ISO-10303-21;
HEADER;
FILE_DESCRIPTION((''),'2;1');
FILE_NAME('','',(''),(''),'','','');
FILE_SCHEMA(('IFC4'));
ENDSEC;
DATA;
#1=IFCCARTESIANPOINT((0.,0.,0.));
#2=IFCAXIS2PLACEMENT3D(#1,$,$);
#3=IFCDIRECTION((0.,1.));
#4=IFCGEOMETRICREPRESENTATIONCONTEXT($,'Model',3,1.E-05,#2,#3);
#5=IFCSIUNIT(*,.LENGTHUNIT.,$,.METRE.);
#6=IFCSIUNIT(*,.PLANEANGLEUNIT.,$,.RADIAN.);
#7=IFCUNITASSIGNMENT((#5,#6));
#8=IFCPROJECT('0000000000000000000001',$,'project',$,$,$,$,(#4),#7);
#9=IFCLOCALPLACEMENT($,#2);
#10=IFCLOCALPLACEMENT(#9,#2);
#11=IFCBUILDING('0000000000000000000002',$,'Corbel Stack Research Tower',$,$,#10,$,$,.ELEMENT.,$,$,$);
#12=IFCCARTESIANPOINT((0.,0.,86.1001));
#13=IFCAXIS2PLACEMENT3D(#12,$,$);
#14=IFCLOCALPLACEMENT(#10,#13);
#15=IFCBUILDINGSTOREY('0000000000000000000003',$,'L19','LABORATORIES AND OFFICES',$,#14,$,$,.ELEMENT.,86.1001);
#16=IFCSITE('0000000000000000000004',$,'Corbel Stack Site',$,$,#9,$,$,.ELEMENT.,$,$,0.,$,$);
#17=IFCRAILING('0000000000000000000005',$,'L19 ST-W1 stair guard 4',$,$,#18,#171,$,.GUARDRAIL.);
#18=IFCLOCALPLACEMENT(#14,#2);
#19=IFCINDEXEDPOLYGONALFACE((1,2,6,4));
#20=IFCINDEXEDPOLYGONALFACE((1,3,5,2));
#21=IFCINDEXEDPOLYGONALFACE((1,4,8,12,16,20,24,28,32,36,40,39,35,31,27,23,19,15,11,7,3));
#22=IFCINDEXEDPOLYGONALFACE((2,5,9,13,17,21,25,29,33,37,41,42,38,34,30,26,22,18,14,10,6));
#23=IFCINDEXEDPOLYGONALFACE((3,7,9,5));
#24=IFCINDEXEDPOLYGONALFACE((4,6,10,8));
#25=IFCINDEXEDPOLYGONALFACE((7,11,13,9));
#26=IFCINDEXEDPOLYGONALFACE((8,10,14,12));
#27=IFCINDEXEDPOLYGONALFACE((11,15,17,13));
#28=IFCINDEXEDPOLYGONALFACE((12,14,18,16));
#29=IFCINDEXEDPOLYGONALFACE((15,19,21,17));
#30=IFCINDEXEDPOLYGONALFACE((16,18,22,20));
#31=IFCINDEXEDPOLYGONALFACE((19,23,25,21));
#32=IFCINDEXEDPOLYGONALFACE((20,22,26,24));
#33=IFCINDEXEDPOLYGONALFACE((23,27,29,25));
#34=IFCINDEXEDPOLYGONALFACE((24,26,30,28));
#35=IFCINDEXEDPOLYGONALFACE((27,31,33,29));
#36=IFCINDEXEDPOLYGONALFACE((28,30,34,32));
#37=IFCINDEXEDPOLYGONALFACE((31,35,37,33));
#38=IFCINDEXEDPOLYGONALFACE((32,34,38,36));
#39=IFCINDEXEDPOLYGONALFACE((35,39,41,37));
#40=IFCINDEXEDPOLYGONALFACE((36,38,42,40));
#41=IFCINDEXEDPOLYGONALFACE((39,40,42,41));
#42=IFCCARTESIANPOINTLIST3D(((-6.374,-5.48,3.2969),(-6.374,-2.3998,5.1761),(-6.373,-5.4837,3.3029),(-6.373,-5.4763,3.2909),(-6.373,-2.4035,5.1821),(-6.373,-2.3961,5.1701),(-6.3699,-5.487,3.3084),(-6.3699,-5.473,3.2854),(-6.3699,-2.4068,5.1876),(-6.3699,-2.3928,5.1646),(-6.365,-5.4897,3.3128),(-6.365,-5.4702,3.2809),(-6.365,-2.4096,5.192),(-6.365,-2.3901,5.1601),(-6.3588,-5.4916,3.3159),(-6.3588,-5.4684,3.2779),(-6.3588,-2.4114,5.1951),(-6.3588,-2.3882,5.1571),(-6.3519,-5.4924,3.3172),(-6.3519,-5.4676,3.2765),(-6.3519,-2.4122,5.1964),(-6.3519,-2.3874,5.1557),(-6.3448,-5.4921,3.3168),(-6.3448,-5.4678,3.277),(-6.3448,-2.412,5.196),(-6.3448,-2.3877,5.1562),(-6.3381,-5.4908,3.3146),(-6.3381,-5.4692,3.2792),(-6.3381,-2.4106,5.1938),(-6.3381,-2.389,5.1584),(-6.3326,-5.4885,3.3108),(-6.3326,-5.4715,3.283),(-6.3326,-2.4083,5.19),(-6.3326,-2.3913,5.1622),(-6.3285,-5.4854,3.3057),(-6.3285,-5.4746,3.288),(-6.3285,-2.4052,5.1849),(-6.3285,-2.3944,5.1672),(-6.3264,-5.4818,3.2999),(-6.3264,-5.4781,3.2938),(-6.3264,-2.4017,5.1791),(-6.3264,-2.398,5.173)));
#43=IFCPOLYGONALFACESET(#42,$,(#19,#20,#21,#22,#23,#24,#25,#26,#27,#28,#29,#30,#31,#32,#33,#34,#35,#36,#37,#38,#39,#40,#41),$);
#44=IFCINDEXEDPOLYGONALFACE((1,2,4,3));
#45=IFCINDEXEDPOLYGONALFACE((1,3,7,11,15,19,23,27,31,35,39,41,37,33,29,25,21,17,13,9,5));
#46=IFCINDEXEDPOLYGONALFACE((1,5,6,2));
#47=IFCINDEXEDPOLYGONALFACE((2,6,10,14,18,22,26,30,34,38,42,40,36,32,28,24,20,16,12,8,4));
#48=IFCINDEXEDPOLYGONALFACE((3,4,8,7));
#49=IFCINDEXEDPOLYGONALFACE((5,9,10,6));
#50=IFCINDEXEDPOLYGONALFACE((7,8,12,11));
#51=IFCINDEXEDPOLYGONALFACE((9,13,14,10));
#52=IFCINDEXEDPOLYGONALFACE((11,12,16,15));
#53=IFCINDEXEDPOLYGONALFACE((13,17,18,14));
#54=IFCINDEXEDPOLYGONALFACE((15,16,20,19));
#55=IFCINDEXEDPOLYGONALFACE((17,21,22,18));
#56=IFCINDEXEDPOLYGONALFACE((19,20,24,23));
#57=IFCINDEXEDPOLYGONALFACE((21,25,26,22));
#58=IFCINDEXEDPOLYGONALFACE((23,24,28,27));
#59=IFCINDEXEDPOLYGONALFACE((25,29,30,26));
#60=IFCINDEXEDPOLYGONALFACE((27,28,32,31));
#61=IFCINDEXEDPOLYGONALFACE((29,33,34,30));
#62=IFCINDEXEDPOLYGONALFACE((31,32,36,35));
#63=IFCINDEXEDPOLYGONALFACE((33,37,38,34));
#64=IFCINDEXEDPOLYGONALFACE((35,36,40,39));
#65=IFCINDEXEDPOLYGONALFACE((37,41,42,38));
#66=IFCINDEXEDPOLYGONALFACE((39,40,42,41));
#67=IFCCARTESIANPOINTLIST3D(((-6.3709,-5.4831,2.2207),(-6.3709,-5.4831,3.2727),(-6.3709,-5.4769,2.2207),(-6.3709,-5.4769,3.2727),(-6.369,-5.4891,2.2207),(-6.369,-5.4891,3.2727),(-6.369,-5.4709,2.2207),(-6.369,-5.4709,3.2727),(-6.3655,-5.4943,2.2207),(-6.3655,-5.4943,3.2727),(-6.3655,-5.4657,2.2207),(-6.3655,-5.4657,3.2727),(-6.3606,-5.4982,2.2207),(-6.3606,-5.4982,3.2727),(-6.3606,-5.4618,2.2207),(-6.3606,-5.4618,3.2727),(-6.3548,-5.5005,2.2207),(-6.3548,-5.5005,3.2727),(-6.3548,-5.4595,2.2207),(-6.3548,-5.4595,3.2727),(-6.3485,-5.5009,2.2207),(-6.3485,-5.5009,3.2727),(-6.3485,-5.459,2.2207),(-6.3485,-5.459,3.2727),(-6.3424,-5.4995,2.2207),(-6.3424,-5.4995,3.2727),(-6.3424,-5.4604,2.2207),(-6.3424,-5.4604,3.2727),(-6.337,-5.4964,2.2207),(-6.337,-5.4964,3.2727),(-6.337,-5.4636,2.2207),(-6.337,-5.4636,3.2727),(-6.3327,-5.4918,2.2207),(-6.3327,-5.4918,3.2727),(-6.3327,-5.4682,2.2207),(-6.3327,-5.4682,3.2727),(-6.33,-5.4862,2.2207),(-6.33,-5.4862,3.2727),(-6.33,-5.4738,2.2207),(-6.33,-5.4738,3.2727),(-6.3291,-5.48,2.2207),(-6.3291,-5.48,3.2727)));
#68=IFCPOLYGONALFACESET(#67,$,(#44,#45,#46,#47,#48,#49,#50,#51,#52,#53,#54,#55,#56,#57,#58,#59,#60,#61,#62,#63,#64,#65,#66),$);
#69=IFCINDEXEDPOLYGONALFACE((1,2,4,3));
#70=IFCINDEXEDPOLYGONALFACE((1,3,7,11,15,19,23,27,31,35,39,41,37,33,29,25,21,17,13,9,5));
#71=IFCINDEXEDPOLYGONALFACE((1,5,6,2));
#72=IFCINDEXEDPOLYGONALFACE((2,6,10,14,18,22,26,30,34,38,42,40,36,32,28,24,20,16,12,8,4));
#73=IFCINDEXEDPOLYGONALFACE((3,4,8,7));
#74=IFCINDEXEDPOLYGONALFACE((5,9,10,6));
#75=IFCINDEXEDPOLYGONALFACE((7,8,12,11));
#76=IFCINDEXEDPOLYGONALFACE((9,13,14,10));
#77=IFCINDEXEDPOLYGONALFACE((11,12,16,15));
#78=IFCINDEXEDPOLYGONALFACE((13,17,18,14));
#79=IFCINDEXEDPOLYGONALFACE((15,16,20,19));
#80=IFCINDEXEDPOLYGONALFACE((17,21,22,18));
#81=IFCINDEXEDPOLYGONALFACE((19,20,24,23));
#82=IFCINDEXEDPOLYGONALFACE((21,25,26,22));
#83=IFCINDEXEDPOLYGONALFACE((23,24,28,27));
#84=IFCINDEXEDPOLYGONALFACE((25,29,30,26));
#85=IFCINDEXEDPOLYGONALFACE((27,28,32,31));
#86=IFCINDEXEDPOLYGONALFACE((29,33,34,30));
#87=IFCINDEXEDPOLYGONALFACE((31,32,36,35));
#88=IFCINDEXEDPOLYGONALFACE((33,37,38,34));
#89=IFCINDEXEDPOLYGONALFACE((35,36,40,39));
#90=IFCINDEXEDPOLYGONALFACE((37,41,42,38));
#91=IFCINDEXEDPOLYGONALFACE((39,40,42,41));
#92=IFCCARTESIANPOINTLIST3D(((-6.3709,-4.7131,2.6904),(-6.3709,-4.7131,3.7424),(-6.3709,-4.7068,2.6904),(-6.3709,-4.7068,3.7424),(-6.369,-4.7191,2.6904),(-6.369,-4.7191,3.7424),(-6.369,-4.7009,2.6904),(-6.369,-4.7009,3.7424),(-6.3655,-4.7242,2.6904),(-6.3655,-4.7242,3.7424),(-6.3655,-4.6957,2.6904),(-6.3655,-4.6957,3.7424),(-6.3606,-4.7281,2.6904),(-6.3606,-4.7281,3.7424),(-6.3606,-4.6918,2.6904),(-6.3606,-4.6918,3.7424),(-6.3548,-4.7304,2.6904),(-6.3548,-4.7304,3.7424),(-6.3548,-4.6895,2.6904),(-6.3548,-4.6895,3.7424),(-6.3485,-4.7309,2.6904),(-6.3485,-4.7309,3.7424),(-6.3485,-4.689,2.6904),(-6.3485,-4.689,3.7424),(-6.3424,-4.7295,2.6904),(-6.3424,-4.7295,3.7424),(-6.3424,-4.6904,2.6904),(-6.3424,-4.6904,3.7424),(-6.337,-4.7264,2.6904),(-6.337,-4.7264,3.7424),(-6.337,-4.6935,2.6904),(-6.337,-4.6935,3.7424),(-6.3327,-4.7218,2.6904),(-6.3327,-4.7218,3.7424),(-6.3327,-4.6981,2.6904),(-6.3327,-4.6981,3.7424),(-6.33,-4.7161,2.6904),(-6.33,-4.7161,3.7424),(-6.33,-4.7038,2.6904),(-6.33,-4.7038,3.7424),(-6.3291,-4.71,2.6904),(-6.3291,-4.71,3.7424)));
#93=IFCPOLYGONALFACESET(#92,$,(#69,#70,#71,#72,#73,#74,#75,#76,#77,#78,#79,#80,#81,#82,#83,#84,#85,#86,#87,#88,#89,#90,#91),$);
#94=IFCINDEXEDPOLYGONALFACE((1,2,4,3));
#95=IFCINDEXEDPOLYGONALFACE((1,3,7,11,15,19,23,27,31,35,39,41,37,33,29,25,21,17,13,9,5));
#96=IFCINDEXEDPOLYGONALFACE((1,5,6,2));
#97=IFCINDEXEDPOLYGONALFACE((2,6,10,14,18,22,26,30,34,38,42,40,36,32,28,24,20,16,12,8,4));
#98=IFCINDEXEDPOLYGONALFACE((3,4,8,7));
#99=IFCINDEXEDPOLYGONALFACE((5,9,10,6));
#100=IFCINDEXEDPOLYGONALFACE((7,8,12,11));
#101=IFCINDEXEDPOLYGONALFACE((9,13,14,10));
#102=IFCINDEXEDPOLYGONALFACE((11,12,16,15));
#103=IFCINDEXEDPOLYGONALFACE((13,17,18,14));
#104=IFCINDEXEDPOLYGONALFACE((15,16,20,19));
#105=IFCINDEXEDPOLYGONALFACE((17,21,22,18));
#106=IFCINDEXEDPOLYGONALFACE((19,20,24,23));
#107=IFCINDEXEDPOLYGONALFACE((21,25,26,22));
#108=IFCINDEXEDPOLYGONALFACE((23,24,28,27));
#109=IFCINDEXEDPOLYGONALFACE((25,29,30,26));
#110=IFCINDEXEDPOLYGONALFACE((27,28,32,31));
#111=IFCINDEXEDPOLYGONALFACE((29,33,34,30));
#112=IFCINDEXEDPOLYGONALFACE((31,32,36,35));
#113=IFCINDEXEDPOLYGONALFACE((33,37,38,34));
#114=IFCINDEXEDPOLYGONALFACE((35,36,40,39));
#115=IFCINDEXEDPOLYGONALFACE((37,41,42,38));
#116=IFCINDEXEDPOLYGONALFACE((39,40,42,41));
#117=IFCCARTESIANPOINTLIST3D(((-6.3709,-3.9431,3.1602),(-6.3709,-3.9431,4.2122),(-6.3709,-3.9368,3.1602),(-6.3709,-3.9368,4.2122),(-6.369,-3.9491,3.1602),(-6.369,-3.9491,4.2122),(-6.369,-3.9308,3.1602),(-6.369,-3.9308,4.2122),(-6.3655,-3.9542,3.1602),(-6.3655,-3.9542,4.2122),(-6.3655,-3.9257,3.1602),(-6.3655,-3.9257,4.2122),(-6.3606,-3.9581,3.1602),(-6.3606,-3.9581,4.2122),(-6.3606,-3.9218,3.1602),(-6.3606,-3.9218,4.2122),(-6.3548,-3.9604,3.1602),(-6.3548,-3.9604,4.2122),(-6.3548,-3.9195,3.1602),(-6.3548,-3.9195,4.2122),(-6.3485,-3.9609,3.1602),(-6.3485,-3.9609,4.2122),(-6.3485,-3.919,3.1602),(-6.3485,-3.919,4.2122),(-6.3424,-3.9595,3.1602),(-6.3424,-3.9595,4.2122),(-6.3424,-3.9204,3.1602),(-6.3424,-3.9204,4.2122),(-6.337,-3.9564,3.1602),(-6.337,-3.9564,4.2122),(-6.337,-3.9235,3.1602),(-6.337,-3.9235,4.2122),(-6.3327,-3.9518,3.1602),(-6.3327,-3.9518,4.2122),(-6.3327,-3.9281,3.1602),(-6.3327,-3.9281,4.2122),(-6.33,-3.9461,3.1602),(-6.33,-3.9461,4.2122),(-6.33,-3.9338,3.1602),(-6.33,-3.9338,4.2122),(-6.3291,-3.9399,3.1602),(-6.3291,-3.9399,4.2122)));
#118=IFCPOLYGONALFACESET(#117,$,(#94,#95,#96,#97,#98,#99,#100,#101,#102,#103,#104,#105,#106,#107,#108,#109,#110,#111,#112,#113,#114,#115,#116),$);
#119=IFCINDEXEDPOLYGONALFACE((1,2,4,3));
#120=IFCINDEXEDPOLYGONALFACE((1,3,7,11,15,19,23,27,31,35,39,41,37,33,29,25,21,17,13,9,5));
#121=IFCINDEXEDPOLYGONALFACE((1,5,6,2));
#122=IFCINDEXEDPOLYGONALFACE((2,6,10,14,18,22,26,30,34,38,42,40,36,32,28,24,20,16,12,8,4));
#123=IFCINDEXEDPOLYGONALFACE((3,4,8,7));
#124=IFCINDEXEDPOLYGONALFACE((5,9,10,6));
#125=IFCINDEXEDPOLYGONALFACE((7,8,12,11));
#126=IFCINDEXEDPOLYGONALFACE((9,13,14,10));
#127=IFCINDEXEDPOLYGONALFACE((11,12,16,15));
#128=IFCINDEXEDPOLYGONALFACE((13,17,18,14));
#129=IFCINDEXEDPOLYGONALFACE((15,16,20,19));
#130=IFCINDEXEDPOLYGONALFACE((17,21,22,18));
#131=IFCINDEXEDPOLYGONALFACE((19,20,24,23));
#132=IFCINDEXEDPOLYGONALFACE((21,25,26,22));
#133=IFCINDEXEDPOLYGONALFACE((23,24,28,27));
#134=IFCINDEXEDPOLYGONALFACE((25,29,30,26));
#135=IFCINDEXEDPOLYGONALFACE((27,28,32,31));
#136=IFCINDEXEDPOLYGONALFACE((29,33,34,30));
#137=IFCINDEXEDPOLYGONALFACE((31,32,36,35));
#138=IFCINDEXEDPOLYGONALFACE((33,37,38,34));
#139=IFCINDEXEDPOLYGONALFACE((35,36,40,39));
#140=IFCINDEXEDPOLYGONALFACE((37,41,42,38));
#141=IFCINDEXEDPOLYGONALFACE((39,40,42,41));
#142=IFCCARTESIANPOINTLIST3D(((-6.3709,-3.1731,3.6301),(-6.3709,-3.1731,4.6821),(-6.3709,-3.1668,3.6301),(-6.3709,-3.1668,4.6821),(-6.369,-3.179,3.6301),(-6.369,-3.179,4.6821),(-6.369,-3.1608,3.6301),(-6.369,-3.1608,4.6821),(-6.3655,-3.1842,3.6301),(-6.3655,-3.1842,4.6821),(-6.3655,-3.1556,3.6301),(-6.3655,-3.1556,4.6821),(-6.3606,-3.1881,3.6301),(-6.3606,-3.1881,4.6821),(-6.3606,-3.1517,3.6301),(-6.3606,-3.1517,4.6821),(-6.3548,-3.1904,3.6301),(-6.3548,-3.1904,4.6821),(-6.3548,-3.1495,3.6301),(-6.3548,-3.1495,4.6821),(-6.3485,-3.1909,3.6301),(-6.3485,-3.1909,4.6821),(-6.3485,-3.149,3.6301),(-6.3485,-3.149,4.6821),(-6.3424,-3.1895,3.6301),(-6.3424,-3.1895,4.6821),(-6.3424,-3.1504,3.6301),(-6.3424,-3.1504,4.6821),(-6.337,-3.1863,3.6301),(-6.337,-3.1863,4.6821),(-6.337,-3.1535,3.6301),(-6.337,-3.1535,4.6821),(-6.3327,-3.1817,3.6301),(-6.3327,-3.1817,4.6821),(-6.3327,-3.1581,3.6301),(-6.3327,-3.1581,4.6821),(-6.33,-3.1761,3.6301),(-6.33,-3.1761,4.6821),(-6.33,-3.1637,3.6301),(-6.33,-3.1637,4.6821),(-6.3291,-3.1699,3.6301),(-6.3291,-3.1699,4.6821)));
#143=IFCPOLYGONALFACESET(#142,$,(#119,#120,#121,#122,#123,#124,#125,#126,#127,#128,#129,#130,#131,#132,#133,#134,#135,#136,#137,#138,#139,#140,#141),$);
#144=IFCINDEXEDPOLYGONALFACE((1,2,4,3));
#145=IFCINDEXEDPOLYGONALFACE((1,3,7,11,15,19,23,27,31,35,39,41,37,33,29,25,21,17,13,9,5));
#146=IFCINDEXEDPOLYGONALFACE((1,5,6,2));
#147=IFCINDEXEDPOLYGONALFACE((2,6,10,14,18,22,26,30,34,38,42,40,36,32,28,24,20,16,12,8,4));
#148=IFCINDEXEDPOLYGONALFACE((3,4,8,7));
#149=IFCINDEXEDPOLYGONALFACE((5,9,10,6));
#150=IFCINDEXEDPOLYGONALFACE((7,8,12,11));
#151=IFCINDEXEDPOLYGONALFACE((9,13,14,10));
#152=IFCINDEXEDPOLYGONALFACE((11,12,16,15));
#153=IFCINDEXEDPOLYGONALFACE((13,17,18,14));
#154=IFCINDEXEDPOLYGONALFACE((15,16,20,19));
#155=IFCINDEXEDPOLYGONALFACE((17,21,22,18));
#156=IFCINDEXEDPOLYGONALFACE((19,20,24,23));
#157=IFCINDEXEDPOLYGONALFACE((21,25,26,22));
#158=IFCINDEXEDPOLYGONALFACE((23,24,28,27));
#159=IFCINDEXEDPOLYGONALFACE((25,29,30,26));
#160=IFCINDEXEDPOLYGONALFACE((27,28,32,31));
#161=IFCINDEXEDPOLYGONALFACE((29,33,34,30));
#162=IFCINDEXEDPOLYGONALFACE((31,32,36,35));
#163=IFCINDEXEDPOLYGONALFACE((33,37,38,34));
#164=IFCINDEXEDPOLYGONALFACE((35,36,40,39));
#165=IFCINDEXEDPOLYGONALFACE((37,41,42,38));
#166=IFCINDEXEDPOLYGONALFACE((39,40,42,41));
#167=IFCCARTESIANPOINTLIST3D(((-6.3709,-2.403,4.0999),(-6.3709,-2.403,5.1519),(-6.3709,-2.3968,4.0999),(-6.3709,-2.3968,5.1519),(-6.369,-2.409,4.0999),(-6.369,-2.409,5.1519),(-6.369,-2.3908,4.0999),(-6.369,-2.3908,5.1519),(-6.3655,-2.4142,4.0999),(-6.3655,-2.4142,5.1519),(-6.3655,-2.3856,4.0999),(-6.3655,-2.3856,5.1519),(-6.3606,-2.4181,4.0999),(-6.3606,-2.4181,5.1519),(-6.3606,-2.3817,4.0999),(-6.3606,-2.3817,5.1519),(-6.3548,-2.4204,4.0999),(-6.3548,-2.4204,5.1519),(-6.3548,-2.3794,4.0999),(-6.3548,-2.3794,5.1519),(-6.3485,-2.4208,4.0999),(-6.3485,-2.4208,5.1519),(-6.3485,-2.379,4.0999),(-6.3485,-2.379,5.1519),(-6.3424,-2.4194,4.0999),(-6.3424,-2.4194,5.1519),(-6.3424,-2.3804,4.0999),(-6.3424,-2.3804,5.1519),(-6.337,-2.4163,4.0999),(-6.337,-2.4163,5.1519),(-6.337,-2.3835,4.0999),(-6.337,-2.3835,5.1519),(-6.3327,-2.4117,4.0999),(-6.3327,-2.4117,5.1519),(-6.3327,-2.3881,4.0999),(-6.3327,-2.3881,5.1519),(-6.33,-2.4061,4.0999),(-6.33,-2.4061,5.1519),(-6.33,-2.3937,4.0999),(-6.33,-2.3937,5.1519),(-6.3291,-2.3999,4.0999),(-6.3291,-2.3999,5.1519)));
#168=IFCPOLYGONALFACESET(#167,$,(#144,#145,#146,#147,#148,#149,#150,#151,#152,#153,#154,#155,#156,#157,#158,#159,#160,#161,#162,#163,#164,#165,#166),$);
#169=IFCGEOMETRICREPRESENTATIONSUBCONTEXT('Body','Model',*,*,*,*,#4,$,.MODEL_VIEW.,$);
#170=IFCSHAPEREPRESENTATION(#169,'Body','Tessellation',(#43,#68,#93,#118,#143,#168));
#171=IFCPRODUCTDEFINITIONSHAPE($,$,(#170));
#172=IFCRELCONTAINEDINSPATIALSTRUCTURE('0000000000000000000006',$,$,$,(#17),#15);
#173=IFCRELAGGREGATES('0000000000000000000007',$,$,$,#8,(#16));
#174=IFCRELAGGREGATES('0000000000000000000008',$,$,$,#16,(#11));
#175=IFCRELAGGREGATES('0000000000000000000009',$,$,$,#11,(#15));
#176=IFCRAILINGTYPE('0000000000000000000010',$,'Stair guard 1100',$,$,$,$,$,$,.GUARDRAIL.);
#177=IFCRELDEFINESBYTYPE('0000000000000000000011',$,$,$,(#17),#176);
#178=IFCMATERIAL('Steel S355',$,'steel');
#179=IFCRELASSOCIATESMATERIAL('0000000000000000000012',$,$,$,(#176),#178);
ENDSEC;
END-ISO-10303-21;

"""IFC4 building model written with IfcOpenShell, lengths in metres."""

from ifc_helpers import new_model, si_unit, direction, frame, origin, origin_2d, place, context, subcontext, project, spatial, circle, extrude, material, type_object, element, save


model = new_model("IFC4")

# Units and contexts
model_context = context("Model", 3, precision=1e-05, world=origin(), true_north=direction((0.0, 1.0)))
body_context = subcontext(model_context, "Body", "Model", "MODEL_VIEW")
ifc_project = project(units=[si_unit("LENGTHUNIT", "METRE"), si_unit("PLANEANGLEUNIT", "RADIAN")], contexts=[model_context])

# Site, building, storey
site_placement = place(None, origin())
site = spatial("IfcSite", under=ifc_project, at=site_placement, Name="Corbel Stack Site", CompositionType="ELEMENT", RefElevation=0.0)
building_placement = place(site_placement, origin())
building = spatial("IfcBuilding", under=site, at=building_placement, Name="Corbel Stack Research Tower", CompositionType="ELEMENT")
storey_placement = place(building_placement, frame((0.0, 0.0, 86.1001)))
storey = spatial("IfcBuildingStorey", under=building, at=storey_placement, Name="L19", Description="LABORATORIES AND OFFICES", CompositionType="ELEMENT", Elevation=86.1001)

# Railing
ifc_material_1 = material(Name="Steel S355", Category="steel")
railing_type_1 = type_object("IfcRailingType", Name="Stair guard 1100", PredefinedType="GUARDRAIL", material=ifc_material_1)
railing_1_placement = place(storey_placement, frame((-6.3501, -5.48, 2.2207)))
element("IfcRailing", 1, at=railing_1_placement, inside=storey, type_object=railing_type_1, Name="L19 ST-W1 stair guard 4", PredefinedType="GUARDRAIL", context=body_context, shape_type="SweptSolid", body=[
    extrude(circle(Radius=0.0239, at=origin_2d()), frame((0.0, 0.0, 1.0762), z_axis=(0.0, 0.853666, 0.52082), x_axis=(-1.0, 0.0, 0.0)), (0.0, 0.0, 1.0), 3.6082),
    extrude(circle(Radius=0.021, at=origin_2d()), origin(), (0.0, 0.0, 1.0), 1.052),
    extrude(circle(Radius=0.021, at=origin_2d()), frame((0.0, 0.77, 0.4697)), (0.0, 0.0, 1.0), 1.052),
    extrude(circle(Radius=0.021, at=origin_2d()), frame((0.0, 1.54, 0.9395)), (0.0, 0.0, 1.0), 1.052),
    extrude(circle(Radius=0.021, at=origin_2d()), frame((0.0, 2.3101, 1.4094)), (0.0, 0.0, 1.0), 1.052),
    extrude(circle(Radius=0.021, at=origin_2d()), frame((0.0, 3.0801, 1.8792)), (0.0, 0.0, 1.0), 1.052),
])

save(model, "model.ifc")
